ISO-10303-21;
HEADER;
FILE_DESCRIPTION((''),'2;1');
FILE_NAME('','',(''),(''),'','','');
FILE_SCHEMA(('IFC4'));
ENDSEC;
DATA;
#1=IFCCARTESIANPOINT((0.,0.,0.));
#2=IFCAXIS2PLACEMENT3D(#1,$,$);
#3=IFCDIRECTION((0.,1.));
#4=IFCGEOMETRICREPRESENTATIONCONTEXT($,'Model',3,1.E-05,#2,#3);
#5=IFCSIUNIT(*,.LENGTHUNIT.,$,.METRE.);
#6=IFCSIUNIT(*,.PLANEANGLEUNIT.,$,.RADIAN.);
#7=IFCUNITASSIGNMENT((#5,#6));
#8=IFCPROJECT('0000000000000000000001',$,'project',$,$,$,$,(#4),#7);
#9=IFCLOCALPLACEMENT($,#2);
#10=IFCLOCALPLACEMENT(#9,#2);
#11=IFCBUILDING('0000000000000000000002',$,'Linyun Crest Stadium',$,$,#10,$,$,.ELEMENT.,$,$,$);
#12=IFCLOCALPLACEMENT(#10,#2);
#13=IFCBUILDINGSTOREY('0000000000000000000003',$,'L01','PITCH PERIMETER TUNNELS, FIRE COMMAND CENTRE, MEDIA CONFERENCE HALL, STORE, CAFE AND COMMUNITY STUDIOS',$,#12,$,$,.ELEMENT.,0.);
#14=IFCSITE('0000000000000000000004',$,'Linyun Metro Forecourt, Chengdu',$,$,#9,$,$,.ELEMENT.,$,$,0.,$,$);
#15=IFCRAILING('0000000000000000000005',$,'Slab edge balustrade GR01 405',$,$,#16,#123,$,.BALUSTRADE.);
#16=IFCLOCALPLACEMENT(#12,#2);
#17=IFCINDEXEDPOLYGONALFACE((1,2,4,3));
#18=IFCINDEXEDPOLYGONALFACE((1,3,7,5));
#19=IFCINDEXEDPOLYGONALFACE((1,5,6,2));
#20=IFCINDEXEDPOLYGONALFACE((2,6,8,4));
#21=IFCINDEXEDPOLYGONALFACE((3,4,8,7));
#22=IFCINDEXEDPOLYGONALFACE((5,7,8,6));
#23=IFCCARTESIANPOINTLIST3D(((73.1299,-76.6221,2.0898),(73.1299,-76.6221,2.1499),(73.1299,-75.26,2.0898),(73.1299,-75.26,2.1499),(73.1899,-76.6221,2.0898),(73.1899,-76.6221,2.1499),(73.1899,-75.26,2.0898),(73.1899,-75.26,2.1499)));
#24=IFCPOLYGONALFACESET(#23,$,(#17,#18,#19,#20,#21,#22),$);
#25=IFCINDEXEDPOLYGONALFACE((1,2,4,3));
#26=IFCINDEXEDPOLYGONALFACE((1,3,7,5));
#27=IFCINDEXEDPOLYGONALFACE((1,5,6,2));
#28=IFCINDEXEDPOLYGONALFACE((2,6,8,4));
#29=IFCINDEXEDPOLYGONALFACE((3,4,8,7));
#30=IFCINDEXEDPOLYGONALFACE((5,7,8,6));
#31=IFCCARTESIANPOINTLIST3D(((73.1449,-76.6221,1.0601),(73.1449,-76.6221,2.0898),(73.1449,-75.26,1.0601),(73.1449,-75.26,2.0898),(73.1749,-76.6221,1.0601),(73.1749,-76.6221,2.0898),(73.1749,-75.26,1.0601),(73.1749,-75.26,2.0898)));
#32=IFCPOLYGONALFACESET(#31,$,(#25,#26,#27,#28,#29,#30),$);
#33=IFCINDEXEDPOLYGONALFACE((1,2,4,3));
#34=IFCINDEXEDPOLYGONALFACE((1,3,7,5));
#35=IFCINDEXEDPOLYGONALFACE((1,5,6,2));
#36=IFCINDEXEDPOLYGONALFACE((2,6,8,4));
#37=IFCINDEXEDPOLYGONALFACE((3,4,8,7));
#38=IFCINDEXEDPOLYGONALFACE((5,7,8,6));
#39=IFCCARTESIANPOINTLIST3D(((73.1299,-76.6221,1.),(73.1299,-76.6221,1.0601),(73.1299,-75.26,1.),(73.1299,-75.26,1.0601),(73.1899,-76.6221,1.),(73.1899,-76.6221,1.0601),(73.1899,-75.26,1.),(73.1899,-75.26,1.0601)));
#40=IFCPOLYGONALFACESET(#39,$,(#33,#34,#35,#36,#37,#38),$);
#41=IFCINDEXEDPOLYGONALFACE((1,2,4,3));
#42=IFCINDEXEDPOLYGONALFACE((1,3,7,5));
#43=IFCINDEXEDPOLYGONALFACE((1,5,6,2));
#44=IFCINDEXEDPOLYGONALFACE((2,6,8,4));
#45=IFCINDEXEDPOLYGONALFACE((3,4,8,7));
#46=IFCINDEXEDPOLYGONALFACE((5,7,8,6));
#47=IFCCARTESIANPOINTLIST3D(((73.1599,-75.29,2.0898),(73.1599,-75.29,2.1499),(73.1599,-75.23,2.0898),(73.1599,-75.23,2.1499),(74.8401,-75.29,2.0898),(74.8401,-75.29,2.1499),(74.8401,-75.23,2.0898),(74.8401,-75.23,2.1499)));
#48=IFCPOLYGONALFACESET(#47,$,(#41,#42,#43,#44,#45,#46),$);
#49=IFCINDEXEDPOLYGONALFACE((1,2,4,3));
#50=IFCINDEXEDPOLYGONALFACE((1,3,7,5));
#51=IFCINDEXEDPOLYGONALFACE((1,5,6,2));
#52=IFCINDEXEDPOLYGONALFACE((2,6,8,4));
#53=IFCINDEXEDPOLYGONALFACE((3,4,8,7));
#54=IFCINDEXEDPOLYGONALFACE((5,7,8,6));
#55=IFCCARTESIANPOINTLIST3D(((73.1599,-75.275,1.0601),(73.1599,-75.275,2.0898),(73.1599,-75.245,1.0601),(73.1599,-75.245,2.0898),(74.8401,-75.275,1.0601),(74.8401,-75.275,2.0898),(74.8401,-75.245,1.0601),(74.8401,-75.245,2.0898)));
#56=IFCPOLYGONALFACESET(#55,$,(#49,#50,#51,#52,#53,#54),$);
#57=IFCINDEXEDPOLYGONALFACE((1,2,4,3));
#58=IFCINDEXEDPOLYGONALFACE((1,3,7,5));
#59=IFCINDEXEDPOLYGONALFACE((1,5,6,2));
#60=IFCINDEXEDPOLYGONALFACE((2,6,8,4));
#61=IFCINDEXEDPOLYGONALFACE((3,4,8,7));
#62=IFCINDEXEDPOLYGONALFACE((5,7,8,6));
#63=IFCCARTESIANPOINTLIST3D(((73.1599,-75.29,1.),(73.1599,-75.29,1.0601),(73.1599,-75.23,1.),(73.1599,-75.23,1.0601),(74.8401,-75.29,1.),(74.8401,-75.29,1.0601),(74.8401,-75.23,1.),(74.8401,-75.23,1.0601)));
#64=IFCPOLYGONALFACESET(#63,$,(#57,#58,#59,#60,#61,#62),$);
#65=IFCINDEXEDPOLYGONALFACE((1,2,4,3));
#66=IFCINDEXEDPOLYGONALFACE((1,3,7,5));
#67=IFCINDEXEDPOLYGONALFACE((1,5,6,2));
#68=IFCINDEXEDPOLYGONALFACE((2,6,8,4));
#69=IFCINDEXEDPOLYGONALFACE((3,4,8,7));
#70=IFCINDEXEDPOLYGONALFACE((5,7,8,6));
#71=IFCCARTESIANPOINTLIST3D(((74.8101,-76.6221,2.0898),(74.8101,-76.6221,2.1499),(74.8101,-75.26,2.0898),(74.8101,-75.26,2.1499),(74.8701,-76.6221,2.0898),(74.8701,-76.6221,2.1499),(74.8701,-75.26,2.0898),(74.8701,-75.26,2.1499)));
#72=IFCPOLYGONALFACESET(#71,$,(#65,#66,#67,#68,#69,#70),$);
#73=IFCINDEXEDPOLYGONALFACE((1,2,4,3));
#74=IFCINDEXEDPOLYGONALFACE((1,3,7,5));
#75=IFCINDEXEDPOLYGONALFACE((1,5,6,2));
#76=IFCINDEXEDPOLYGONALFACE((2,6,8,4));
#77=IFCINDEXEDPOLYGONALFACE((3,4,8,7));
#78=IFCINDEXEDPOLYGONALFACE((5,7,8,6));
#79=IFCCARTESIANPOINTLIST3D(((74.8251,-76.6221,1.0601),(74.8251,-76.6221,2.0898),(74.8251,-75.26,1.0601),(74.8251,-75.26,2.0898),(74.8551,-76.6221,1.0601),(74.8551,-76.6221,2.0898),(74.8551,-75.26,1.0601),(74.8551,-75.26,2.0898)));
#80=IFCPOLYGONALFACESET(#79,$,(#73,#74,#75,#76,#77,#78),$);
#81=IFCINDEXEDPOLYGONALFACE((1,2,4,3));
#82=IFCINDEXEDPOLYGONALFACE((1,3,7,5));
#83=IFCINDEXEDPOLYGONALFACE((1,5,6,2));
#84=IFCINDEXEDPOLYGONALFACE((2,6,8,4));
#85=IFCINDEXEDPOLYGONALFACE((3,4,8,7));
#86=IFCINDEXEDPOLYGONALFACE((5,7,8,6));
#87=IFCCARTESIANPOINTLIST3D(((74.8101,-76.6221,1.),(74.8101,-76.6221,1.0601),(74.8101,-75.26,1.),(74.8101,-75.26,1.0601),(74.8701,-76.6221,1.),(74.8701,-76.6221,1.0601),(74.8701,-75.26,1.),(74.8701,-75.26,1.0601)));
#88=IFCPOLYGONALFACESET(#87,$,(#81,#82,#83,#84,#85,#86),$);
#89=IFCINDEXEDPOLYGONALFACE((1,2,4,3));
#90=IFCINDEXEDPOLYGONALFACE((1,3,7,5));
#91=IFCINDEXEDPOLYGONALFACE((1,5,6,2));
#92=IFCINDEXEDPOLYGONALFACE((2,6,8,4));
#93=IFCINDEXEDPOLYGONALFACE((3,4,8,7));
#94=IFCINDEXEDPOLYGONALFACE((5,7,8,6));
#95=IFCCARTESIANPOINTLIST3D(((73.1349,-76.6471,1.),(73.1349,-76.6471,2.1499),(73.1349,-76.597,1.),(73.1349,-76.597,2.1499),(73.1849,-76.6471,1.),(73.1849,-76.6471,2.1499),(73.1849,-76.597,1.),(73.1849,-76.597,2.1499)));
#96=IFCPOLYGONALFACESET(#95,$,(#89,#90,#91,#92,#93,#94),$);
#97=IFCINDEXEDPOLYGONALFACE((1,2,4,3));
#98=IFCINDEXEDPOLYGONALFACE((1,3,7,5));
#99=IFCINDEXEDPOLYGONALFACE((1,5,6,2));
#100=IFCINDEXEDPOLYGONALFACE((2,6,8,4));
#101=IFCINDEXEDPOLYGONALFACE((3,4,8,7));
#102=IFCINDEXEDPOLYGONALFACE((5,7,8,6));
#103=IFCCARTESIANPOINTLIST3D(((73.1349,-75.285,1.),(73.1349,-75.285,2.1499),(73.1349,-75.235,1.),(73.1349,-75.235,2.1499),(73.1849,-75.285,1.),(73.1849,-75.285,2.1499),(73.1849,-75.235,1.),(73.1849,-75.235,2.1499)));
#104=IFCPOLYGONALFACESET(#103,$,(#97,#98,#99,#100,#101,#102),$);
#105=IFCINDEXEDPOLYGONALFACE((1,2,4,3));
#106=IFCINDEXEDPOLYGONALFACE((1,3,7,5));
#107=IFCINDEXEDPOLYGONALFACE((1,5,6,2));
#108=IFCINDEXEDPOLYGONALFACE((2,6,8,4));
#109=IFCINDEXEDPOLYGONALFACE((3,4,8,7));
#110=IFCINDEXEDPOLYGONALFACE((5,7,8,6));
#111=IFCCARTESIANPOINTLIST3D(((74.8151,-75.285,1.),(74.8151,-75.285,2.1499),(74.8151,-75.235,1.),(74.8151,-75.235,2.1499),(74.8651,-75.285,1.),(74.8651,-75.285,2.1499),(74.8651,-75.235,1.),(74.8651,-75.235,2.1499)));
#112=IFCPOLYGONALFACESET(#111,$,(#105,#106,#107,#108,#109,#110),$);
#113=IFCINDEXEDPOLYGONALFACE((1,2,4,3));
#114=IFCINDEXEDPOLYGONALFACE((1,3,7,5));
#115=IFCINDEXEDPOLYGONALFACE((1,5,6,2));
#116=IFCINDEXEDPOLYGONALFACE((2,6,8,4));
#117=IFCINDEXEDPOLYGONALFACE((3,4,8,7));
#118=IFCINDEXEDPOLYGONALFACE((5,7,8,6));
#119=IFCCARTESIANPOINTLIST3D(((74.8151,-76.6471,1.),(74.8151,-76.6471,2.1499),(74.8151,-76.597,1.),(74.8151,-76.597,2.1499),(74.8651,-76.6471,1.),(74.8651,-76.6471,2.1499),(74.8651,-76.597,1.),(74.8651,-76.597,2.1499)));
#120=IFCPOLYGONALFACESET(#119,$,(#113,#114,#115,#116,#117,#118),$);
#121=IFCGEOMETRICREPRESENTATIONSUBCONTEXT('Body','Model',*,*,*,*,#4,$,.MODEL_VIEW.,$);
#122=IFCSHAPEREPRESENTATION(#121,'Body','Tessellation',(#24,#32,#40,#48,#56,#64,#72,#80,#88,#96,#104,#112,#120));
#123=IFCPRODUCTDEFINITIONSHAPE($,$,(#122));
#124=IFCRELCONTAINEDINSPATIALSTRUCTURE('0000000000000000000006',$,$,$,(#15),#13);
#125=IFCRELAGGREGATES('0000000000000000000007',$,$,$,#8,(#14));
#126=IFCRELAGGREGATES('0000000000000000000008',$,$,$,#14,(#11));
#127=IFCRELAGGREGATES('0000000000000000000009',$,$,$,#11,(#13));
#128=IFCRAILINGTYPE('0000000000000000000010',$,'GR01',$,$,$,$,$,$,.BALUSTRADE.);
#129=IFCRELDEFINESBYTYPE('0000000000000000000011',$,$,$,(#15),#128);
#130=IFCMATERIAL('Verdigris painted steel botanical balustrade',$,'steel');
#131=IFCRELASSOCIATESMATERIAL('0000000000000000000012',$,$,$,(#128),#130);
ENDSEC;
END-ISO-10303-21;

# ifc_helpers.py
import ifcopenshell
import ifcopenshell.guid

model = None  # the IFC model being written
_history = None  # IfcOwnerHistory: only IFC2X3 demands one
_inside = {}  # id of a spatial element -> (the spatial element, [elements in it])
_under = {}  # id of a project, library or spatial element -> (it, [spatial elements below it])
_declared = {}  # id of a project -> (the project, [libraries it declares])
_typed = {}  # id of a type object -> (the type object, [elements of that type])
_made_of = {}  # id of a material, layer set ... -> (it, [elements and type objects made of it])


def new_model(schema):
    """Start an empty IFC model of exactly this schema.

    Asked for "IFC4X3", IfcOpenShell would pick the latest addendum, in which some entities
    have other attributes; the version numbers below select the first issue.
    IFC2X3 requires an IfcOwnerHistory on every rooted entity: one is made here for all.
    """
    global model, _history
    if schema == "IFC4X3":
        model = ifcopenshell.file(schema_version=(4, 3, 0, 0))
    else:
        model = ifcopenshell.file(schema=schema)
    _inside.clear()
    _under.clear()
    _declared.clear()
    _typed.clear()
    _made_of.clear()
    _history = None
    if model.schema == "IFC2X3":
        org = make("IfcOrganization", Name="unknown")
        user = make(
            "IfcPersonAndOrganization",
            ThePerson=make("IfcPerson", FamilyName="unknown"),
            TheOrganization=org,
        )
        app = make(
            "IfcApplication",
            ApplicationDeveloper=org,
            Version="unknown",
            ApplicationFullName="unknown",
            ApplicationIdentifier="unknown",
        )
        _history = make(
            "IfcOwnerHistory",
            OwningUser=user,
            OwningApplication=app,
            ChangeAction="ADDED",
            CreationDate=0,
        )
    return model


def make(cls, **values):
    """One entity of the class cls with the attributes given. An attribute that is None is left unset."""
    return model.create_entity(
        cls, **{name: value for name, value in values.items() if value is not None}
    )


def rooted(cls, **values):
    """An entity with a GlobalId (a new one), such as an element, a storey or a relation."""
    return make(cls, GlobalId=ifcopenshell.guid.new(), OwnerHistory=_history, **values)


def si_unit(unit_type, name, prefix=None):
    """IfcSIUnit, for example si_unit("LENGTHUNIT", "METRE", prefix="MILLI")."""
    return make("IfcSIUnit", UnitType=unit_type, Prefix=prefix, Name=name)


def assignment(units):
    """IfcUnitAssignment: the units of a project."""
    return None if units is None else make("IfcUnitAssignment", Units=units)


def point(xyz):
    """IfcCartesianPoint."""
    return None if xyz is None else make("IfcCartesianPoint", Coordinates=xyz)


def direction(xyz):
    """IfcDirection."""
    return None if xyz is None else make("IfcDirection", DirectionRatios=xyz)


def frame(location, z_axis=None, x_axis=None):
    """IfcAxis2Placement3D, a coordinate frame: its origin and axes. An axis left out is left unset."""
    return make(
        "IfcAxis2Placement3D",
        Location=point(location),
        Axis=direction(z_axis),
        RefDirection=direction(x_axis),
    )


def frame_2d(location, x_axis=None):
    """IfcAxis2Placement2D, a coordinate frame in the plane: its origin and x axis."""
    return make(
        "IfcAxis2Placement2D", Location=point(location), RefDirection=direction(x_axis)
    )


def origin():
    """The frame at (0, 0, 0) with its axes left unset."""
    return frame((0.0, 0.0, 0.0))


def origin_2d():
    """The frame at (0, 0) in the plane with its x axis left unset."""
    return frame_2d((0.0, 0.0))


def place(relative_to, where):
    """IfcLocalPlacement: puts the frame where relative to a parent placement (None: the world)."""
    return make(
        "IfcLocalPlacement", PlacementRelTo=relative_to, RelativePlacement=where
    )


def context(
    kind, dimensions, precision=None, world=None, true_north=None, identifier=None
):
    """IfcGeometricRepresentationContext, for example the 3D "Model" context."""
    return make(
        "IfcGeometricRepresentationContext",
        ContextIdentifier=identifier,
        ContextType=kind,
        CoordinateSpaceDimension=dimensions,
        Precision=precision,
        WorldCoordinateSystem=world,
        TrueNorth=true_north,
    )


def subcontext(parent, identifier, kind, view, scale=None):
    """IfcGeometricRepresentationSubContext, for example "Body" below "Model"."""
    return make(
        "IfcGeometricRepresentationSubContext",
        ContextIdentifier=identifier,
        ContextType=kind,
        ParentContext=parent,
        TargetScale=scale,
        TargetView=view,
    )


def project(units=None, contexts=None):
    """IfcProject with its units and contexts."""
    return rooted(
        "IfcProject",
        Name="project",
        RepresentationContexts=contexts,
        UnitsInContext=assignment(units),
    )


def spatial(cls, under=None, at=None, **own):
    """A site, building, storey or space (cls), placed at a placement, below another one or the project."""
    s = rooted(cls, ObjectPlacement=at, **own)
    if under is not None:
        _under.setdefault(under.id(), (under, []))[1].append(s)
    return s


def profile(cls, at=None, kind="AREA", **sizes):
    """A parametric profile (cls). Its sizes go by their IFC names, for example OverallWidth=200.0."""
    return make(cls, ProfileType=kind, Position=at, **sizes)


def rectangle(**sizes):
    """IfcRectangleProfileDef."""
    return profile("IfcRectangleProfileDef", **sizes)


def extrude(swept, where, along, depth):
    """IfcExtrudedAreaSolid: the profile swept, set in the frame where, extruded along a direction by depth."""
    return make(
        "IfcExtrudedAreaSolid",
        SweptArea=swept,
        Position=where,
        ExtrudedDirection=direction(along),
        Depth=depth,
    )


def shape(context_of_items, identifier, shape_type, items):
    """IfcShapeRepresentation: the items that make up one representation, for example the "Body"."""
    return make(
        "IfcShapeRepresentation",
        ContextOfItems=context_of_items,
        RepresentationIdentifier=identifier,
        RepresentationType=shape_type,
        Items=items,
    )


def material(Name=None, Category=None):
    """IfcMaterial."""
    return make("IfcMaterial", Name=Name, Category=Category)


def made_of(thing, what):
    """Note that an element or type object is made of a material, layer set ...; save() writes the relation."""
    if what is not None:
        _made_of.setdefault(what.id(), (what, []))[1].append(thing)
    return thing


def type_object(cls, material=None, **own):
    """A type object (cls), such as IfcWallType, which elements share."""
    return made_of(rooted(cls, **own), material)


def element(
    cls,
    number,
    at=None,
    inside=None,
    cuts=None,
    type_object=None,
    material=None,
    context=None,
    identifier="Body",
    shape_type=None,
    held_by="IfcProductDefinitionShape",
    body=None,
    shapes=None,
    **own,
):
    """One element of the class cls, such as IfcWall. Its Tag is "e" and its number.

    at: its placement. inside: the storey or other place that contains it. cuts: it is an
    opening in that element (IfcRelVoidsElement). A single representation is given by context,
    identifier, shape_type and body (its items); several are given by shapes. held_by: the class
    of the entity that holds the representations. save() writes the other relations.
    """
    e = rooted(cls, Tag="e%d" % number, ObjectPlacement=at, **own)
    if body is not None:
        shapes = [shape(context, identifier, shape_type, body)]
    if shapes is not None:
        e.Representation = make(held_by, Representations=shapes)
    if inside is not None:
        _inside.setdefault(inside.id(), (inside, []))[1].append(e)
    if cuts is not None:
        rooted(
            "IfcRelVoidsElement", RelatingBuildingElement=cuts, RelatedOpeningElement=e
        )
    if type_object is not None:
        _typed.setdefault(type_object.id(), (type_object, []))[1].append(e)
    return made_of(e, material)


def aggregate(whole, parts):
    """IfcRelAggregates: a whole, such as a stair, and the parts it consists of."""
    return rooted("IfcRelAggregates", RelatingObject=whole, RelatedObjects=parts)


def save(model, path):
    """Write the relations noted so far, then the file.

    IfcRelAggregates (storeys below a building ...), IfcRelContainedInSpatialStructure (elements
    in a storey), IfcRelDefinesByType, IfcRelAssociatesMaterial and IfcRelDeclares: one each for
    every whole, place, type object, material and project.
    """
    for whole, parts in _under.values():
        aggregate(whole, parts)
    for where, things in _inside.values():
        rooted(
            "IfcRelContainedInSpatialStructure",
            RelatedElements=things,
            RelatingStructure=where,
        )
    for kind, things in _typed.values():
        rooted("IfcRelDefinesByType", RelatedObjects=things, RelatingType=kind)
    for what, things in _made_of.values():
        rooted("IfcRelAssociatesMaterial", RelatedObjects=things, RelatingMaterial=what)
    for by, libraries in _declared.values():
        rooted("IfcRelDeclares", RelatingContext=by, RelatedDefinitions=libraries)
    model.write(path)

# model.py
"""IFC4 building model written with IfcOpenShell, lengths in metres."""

from ifc_helpers import new_model, si_unit, direction, frame, origin, origin_2d, place, context, subcontext, project, spatial, rectangle, extrude, material, type_object, element, save


model = new_model("IFC4")

# Units and contexts
model_context = context("Model", 3, precision=1e-05, world=origin(), true_north=direction((0.0, 1.0)))
body_context = subcontext(model_context, "Body", "Model", "MODEL_VIEW")
ifc_project = project(units=[si_unit("LENGTHUNIT", "METRE"), si_unit("PLANEANGLEUNIT", "RADIAN")], contexts=[model_context])

# Site, building, storey
site_placement = place(None, origin())
site = spatial("IfcSite", under=ifc_project, at=site_placement, Name="Linyun Metro Forecourt, Chengdu", CompositionType="ELEMENT", RefElevation=0.0)
building_placement = place(site_placement, origin())
building = spatial("IfcBuilding", under=site, at=building_placement, Name="Linyun Crest Stadium", CompositionType="ELEMENT")
storey_placement = place(building_placement, origin())
storey = spatial("IfcBuildingStorey", under=building, at=storey_placement, Name="L01", Description="PITCH PERIMETER TUNNELS, FIRE COMMAND CENTRE, MEDIA CONFERENCE HALL, STORE, CAFE AND COMMUNITY STUDIOS", CompositionType="ELEMENT", Elevation=0.0)

# Railing
ifc_material_1 = material(Name="Verdigris painted steel botanical balustrade", Category="steel")
railing_type_1 = type_object("IfcRailingType", Name="GR01", PredefinedType="BALUSTRADE", material=ifc_material_1)
railing_1_placement = place(storey_placement, frame((73.1599, -76.6221, 1.0)))
element("IfcRailing", 1, at=railing_1_placement, inside=storey, type_object=railing_type_1, Name="Slab edge balustrade GR01 405", PredefinedType="BALUSTRADE", context=body_context, shape_type="SweptSolid", body=[
    extrude(rectangle(XDim=0.0601, YDim=0.0601, at=origin_2d()), frame((0.0, 0.0, 1.1199), z_axis=(0.0, 1.0, 0.0), x_axis=(-1.0, 0.0, 0.0)), (0.0, 0.0, 1.0), 1.3621),
    extrude(rectangle(XDim=0.03, YDim=1.0298, at=origin_2d()), frame((0.0, 0.0, 0.575), z_axis=(0.0, 1.0, 0.0), x_axis=(-1.0, 0.0, 0.0)), (0.0, 0.0, 1.0), 1.3621),
    extrude(rectangle(XDim=0.0601, YDim=0.0601, at=origin_2d()), frame((0.0, 0.0, 0.03), z_axis=(0.0, 1.0, 0.0), x_axis=(-1.0, 0.0, 0.0)), (0.0, 0.0, 1.0), 1.3621),
    extrude(rectangle(XDim=0.0601, YDim=0.0601, at=origin_2d()), frame((0.0, 1.3621, 1.1199), z_axis=(1.0, 0.0, 0.0), x_axis=(0.0, 1.0, 0.0)), (0.0, 0.0, 1.0), 1.6802),
    extrude(rectangle(XDim=0.03, YDim=1.0298, at=origin_2d()), frame((0.0, 1.3621, 0.575), z_axis=(1.0, 0.0, 0.0), x_axis=(0.0, 1.0, 0.0)), (0.0, 0.0, 1.0), 1.6802),
    extrude(rectangle(XDim=0.0601, YDim=0.0601, at=origin_2d()), frame((0.0, 1.3621, 0.03), z_axis=(1.0, 0.0, 0.0), x_axis=(0.0, 1.0, 0.0)), (0.0, 0.0, 1.0), 1.6802),
    extrude(rectangle(XDim=0.0601, YDim=0.0601, at=origin_2d()), frame((1.6802, 1.3621, 1.1199), z_axis=(0.0, -1.0, 0.0), x_axis=(1.0, 0.0, 0.0)), (0.0, 0.0, 1.0), 1.3621),
    extrude(rectangle(XDim=0.03, YDim=1.0298, at=origin_2d()), frame((1.6802, 1.3621, 0.575), z_axis=(0.0, -1.0, 0.0), x_axis=(1.0, 0.0, 0.0)), (0.0, 0.0, 1.0), 1.3621),
    extrude(rectangle(XDim=0.0601, YDim=0.0601, at=origin_2d()), frame((1.6802, 1.3621, 0.03), z_axis=(0.0, -1.0, 0.0), x_axis=(1.0, 0.0, 0.0)), (0.0, 0.0, 1.0), 1.3621),
    extrude(rectangle(XDim=0.05, YDim=0.05, at=origin_2d()), origin(), (0.0, 0.0, 1.0), 1.1499),
    extrude(rectangle(XDim=0.05, YDim=0.05, at=origin_2d()), frame((0.0, 1.3621, 0.0)), (0.0, 0.0, 1.0), 1.1499),
    extrude(rectangle(XDim=0.05, YDim=0.05, at=origin_2d()), frame((1.6802, 1.3621, 0.0)), (0.0, 0.0, 1.0), 1.1499),
    extrude(rectangle(XDim=0.05, YDim=0.05, at=origin_2d()), frame((1.6802, 0.0, 0.0)), (0.0, 0.0, 1.0), 1.1499),
])

save(model, "model.ifc")
